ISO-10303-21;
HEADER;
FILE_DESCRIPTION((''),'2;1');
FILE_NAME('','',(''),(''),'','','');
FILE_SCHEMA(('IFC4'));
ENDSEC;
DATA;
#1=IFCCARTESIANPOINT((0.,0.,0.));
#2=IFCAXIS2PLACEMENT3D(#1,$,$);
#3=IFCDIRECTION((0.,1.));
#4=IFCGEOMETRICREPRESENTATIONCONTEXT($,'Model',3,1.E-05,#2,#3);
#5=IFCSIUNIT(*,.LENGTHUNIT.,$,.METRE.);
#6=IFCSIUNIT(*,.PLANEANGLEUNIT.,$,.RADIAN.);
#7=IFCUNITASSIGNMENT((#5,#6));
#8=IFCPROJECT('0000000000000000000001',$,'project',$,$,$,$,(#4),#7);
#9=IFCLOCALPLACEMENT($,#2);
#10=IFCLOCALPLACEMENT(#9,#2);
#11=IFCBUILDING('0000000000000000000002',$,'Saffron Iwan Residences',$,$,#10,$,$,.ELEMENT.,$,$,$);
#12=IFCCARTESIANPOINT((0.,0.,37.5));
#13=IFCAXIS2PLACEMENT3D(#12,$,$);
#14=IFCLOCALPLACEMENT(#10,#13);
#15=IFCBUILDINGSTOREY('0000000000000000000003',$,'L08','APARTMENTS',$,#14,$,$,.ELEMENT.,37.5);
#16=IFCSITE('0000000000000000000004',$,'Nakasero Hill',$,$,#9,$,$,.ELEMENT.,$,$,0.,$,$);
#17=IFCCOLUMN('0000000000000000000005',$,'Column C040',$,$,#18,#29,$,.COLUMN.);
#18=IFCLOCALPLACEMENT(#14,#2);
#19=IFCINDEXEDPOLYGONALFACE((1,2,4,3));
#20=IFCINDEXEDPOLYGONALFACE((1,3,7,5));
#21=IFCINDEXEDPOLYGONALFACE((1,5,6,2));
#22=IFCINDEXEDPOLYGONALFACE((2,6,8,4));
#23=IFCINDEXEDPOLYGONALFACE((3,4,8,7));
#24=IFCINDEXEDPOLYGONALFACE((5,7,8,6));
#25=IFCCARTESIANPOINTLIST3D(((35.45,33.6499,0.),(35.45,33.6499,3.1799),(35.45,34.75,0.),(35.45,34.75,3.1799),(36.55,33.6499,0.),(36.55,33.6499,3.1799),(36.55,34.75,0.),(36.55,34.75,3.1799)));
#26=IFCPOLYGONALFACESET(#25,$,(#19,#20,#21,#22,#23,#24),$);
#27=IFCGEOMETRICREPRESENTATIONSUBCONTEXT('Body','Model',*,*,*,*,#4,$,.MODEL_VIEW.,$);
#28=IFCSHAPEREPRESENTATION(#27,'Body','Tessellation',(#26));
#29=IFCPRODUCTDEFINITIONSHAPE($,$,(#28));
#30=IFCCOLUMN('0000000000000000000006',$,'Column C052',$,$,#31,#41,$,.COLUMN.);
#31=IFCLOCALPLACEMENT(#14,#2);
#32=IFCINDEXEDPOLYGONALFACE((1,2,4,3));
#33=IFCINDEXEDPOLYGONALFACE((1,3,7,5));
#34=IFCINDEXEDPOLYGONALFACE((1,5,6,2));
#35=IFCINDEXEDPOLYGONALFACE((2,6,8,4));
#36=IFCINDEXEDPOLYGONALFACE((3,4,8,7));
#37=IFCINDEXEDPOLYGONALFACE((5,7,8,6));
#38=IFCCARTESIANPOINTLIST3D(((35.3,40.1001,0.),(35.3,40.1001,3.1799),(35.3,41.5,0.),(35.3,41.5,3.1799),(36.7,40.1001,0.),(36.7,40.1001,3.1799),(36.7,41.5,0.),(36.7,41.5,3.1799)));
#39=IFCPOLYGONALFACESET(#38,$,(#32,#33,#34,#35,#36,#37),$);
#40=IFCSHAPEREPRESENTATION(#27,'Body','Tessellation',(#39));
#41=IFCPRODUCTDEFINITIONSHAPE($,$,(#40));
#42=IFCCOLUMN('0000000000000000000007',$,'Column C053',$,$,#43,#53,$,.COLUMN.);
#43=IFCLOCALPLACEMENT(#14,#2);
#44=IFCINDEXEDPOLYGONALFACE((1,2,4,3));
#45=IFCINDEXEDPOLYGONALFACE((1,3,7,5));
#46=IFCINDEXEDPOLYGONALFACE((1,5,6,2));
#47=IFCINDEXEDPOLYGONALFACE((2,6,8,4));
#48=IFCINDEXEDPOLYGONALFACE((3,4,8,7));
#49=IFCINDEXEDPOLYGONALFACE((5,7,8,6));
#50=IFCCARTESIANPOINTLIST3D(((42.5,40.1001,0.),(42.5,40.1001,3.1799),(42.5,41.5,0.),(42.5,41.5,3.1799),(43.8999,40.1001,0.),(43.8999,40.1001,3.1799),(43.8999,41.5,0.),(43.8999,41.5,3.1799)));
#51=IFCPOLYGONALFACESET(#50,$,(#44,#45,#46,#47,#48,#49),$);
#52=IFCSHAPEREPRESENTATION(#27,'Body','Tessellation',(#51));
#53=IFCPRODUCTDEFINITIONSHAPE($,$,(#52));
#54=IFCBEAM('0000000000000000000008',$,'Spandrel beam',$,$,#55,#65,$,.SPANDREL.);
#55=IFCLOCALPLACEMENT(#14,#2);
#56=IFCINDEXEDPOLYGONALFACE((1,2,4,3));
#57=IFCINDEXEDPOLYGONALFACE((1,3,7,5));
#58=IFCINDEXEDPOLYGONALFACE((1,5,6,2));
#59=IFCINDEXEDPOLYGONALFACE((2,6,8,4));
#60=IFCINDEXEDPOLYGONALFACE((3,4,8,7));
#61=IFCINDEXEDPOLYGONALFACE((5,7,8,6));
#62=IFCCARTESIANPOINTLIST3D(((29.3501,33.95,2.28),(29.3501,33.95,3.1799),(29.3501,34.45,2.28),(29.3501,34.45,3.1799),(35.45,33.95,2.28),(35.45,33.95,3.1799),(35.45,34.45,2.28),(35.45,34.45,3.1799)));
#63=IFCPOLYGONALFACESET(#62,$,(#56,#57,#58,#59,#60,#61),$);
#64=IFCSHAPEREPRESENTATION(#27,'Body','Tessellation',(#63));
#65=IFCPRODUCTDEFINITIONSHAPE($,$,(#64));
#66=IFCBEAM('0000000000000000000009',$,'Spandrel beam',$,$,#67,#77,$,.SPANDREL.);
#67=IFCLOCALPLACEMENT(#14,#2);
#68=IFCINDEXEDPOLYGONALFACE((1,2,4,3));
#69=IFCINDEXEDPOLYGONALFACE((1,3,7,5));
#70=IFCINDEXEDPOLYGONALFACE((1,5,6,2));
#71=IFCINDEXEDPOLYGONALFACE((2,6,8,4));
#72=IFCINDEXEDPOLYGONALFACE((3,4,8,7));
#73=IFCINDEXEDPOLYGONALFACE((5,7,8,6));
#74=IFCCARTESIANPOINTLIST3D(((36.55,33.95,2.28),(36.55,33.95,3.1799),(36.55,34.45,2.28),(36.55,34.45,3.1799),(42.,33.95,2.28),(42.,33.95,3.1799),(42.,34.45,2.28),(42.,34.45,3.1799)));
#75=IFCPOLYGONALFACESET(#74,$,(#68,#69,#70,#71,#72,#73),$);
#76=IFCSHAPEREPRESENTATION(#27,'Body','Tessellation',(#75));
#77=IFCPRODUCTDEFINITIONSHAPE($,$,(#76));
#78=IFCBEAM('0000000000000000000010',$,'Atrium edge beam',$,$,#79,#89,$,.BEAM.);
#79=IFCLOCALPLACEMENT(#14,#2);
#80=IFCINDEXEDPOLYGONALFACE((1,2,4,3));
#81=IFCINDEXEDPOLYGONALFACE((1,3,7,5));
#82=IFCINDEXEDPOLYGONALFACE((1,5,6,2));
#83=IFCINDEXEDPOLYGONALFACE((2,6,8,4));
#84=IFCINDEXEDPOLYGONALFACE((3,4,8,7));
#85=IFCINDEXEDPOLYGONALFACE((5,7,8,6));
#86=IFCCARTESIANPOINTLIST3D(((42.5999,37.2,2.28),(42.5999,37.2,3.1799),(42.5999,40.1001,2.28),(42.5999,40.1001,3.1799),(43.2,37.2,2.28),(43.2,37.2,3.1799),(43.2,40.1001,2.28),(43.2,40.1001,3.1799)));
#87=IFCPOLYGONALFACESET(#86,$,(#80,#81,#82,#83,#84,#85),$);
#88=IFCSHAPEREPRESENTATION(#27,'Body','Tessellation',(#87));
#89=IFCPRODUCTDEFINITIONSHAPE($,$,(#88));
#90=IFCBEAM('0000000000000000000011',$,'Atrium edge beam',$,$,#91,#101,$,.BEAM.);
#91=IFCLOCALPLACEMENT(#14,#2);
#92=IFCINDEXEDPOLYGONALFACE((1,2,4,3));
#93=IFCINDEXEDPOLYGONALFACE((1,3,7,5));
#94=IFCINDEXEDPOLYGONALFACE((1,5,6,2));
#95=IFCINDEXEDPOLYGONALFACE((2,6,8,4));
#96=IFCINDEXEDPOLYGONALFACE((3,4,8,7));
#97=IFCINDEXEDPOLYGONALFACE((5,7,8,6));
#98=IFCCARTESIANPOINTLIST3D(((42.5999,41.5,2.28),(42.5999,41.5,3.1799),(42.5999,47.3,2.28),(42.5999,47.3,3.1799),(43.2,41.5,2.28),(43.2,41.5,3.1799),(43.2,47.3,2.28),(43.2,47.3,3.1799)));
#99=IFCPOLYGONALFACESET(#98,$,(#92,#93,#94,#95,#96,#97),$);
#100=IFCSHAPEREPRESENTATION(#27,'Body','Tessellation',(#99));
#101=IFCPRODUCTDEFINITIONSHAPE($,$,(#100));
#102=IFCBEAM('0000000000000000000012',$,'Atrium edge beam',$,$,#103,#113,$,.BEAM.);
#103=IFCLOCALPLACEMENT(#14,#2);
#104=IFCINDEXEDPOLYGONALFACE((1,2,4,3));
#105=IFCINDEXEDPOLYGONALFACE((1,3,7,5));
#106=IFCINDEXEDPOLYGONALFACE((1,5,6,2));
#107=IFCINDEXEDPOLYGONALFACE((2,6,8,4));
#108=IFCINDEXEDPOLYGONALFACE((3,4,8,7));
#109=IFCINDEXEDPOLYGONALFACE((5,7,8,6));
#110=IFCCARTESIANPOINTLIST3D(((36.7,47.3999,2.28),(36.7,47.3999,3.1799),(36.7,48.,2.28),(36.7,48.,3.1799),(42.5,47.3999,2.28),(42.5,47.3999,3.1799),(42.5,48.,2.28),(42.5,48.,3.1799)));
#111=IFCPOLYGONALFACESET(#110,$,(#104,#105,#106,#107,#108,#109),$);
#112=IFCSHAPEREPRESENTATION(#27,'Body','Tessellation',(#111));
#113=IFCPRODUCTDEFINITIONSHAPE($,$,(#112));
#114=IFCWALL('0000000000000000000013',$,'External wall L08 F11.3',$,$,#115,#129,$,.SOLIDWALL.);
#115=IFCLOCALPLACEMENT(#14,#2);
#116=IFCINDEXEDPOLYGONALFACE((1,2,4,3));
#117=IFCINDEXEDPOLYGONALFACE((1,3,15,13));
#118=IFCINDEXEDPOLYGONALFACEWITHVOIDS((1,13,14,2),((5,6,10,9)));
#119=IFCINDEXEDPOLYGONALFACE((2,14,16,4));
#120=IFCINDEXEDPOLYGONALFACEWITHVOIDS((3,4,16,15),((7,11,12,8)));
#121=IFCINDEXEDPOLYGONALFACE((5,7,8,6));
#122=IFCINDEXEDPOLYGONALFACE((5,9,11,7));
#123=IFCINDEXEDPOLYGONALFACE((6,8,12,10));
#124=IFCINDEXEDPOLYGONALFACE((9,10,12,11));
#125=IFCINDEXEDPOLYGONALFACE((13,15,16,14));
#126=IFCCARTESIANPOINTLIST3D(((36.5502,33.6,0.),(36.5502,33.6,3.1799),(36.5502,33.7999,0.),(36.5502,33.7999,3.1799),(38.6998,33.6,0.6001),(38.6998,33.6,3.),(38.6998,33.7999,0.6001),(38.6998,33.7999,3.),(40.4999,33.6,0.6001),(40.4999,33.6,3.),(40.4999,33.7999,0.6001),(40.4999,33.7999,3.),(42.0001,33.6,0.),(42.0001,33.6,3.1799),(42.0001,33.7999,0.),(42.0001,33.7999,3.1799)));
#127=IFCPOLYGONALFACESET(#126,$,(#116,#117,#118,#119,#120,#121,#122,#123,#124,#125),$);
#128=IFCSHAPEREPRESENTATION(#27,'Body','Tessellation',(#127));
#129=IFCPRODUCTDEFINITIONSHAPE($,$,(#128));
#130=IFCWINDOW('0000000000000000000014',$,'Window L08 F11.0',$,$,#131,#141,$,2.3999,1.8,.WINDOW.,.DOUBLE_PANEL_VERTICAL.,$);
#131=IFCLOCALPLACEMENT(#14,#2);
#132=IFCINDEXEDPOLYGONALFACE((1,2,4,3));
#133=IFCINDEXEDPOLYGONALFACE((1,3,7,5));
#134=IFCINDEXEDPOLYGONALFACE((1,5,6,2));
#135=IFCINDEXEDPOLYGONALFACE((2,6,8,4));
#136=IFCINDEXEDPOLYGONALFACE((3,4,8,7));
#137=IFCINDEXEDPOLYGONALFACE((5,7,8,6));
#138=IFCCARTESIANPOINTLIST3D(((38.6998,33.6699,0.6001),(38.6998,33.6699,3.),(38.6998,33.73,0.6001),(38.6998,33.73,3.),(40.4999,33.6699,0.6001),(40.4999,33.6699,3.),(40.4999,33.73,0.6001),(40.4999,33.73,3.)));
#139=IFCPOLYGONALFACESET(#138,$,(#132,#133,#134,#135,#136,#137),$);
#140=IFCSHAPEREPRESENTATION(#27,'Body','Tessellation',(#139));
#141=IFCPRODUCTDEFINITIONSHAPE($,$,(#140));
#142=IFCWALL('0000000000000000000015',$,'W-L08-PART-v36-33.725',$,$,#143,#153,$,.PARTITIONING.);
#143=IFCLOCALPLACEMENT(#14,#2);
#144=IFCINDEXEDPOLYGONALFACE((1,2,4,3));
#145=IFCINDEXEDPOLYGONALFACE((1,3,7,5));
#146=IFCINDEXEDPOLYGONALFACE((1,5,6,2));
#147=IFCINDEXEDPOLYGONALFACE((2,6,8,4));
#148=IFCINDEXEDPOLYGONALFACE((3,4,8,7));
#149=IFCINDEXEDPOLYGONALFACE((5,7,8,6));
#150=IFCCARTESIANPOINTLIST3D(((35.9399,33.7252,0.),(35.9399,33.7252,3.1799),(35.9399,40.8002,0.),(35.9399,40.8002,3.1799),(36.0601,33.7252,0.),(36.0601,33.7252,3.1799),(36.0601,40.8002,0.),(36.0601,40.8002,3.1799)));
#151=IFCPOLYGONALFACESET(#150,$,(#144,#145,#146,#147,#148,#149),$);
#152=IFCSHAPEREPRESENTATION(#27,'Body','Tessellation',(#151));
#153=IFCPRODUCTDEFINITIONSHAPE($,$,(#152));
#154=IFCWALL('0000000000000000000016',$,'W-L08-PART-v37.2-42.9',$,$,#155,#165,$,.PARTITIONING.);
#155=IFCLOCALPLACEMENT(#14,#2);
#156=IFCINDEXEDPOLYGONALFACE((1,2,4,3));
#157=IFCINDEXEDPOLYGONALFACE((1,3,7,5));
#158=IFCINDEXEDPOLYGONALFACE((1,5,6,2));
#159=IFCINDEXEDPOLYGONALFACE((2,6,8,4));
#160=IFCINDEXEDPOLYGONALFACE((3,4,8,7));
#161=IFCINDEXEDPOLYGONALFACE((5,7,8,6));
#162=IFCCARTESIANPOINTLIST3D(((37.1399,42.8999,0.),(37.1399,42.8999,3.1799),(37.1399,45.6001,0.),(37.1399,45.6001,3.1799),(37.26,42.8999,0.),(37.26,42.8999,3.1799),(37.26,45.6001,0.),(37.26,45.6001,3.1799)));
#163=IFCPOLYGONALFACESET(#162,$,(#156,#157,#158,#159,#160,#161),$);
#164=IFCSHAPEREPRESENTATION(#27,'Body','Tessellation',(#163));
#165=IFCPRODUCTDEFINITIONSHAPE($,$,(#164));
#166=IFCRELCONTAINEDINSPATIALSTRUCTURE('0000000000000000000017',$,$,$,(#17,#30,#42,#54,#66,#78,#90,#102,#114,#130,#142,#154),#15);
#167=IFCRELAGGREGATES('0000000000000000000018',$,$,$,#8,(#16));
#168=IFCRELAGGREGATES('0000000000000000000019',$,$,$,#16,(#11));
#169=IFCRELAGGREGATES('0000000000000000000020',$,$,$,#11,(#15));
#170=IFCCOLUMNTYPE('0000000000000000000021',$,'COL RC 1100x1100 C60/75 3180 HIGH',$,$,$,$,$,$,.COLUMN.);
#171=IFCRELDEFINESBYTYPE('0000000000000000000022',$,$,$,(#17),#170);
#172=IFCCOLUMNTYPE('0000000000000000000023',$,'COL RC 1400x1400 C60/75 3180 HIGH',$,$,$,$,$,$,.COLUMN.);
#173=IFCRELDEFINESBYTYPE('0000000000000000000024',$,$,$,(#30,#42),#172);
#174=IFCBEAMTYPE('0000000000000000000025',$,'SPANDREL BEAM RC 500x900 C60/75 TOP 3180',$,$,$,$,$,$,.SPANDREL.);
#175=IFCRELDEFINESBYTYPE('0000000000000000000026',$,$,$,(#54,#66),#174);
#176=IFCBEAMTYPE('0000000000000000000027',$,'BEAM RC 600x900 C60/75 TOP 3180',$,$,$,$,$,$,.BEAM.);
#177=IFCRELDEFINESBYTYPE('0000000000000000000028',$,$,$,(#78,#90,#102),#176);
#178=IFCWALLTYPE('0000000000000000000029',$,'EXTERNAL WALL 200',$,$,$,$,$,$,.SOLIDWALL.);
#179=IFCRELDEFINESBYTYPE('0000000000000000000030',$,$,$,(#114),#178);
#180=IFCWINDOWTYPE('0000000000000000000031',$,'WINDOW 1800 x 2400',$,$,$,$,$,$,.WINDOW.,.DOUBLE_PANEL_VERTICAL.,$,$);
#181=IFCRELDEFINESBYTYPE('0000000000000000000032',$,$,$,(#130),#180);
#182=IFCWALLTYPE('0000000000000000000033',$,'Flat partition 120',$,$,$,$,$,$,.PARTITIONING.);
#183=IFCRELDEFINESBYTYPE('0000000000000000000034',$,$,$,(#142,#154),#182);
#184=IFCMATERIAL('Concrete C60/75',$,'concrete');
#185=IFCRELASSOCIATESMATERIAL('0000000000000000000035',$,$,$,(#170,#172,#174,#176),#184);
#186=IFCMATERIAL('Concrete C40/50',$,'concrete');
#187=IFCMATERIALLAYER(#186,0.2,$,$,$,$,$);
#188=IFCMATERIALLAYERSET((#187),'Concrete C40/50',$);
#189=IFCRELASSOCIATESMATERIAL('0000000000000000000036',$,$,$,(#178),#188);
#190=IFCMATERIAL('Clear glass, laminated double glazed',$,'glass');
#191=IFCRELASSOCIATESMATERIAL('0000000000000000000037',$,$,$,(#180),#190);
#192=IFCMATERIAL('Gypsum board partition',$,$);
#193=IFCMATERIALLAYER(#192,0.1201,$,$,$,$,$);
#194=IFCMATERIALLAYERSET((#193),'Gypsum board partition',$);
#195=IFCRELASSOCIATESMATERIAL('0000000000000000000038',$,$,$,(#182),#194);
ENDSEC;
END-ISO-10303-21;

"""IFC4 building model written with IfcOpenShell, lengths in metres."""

from ifc_helpers import new_model, si_unit, direction, frame, frame_2d, origin, origin_2d, place, context, subcontext, project, spatial, rectangle, extrude, source, transform, mapped, material, layer, layer_set, material_profile, profile_set, type_object, element, fill, save


model = new_model("IFC4")

# Units and contexts
model_context = context("Model", 3, precision=1e-05, world=origin(), true_north=direction((0.0, 1.0)))
body_context = subcontext(model_context, "Body", "Model", "MODEL_VIEW")
ifc_project = project(units=[si_unit("LENGTHUNIT", "METRE"), si_unit("PLANEANGLEUNIT", "RADIAN")], contexts=[model_context])

# Site, building, storey
site_placement = place(None, origin())
site = spatial("IfcSite", under=ifc_project, at=site_placement, Name="Nakasero Hill", CompositionType="ELEMENT", RefElevation=0.0)
building_placement = place(site_placement, origin())
building = spatial("IfcBuilding", under=site, at=building_placement, Name="Saffron Iwan Residences", CompositionType="ELEMENT")
storey_placement = place(building_placement, frame((0.0, 0.0, 37.5)))
storey = spatial("IfcBuildingStorey", under=building, at=storey_placement, Name="L08", Description="APARTMENTS", CompositionType="ELEMENT", Elevation=37.5)

# Columns
ifc_material_1 = material(Name="Concrete C60/75", Category="concrete")
ifc_material_profile_1 = material_profile(ifc_material_1, rectangle(XDim=1.1001, YDim=1.1001, at=origin_2d()), Name="RC 1100x1100")
ifc_profile_set_1 = profile_set([ifc_material_profile_1], Name="Concrete C60/75")
column_type_1 = type_object("IfcColumnType", Name="COL RC 1100x1100 C60/75 3180 HIGH", PredefinedType="COLUMN", material=ifc_profile_set_1)
shared_shape_1 = source(origin(), body_context, "Body", "SweptSolid", [
    extrude(rectangle(XDim=1.1001, YDim=1.1001, at=origin_2d()), origin(), (0.0, 0.0, 1.0), 3.1799),
])
column_placement = place(storey_placement, frame((36.0, 34.2, 0.0), z_axis=(0.0, 0.0, 1.0), x_axis=(1.0, 0.0, 0.0)))
element("IfcColumn", 1, at=column_placement, inside=storey, type_object=column_type_1, Name="Column C040", PredefinedType="COLUMN", context=body_context, shape_type="MappedRepresentation", body=[
    mapped(shared_shape_1, transform((0.0, 0.0, 0.0))),
])
ifc_material_profile_2 = material_profile(ifc_material_1, rectangle(XDim=1.3999, YDim=1.3999, at=origin_2d()), Name="RC 1400x1400")
ifc_profile_set_2 = profile_set([ifc_material_profile_2], Name="Concrete C60/75")
column_type_2 = type_object("IfcColumnType", Name="COL RC 1400x1400 C60/75 3180 HIGH", PredefinedType="COLUMN", material=ifc_profile_set_2)
shared_shape_2 = source(origin(), body_context, "Body", "SweptSolid", [
    extrude(rectangle(XDim=1.3999, YDim=1.3999, at=origin_2d()), origin(), (0.0, 0.0, 1.0), 3.1799),
])
for number, where, z_axis, x_axis, name in (
    (2, (36.0, 40.8, 0.0), (0.0, 0.0, 1.0), (1.0, 0.0, 0.0), "Column C052"),
    (3, (43.2, 40.8, 0.0), (0.0, 0.0, 1.0), (1.0, 0.0, 0.0), "Column C053"),
):
    element("IfcColumn", number, at=place(storey_placement, frame(where, z_axis=z_axis, x_axis=x_axis)), inside=storey, type_object=column_type_2, Name=name, PredefinedType="COLUMN", context=body_context, shape_type="MappedRepresentation", body=[
        mapped(shared_shape_2, transform((0.0, 0.0, 0.0))),
    ])

# Beams
ifc_material_profile_3 = material_profile(ifc_material_1, rectangle(XDim=0.5, YDim=0.8999, at=origin_2d()), Name="RC 500x900")
ifc_profile_set_3 = profile_set([ifc_material_profile_3], Name="Concrete C60/75")
beam_type_1 = type_object("IfcBeamType", Name="SPANDREL BEAM RC 500x900 C60/75 TOP 3180", PredefinedType="SPANDREL", material=ifc_profile_set_3)
shared_shape_3 = source(origin(), body_context, "Body", "SweptSolid", [
    extrude(rectangle(XDim=0.5, YDim=0.8999, at=origin_2d()), origin(), (0.0, 0.0, 1.0), 6.0999),
])
beam_1_placement = place(storey_placement, frame((35.45, 34.2, 2.73), z_axis=(-1.0, 0.0, 0.0), x_axis=(0.0, -1.0, 0.0)))
element("IfcBeam", 4, at=beam_1_placement, inside=storey, type_object=beam_type_1, Name="Spandrel beam", PredefinedType="SPANDREL", context=body_context, shape_type="MappedRepresentation", body=[
    mapped(shared_shape_3, transform((0.0, 0.0, 0.0))),
])
shared_shape_4 = source(origin(), body_context, "Body", "SweptSolid", [
    extrude(rectangle(XDim=0.5, YDim=0.8999, at=origin_2d()), origin(), (0.0, 0.0, 1.0), 5.45),
])
beam_2_placement = place(storey_placement, frame((42.0, 34.2, 2.73), z_axis=(-1.0, 0.0, 0.0), x_axis=(0.0, -1.0, 0.0)))
element("IfcBeam", 5, at=beam_2_placement, inside=storey, type_object=beam_type_1, Name="Spandrel beam", PredefinedType="SPANDREL", context=body_context, shape_type="MappedRepresentation", body=[
    mapped(shared_shape_4, transform((0.0, 0.0, 0.0))),
])
ifc_material_profile_4 = material_profile(ifc_material_1, rectangle(XDim=0.6001, YDim=0.8999, at=origin_2d()), Name="RC 600x900")
ifc_profile_set_4 = profile_set([ifc_material_profile_4], Name="Concrete C60/75")
beam_type_2 = type_object("IfcBeamType", Name="BEAM RC 600x900 C60/75 TOP 3180", PredefinedType="BEAM", material=ifc_profile_set_4)
shared_shape_5 = source(origin(), body_context, "Body", "SweptSolid", [
    extrude(rectangle(XDim=0.6001, YDim=0.8999, at=origin_2d()), origin(), (0.0, 0.0, 1.0), 2.9001),
])
beam_3_placement = place(storey_placement, frame((42.8999, 37.2, 2.73), z_axis=(0.0, 1.0, 0.0), x_axis=(-1.0, 0.0, 0.0)))
element("IfcBeam", 6, at=beam_3_placement, inside=storey, type_object=beam_type_2, Name="Atrium edge beam", PredefinedType="BEAM", context=body_context, shape_type="MappedRepresentation", body=[
    mapped(shared_shape_5, transform((0.0, 0.0, 0.0))),
])
shared_shape_6 = source(origin(), body_context, "Body", "SweptSolid", [
    extrude(rectangle(XDim=0.6001, YDim=0.8999, at=origin_2d()), origin(), (0.0, 0.0, 1.0), 5.8),
])
for number, where, z_axis, x_axis, name in (
    (7, (42.8999, 41.5, 2.73), (0.0, 1.0, 0.0), (-1.0, 0.0, 0.0), "Atrium edge beam"),
    (8, (42.5, 47.7, 2.73), (-1.0, 0.0, 0.0), (0.0, -1.0, 0.0), "Atrium edge beam"),
):
    element("IfcBeam", number, at=place(storey_placement, frame(where, z_axis=z_axis, x_axis=x_axis)), inside=storey, type_object=beam_type_2, Name=name, PredefinedType="BEAM", context=body_context, shape_type="MappedRepresentation", body=[
        mapped(shared_shape_6, transform((0.0, 0.0, 0.0))),
    ])

# Wall, opening, window
ifc_material_2 = material(Name="Concrete C40/50", Category="concrete")
ifc_layer_1 = layer(ifc_material_2, 0.2)
ifc_layer_set_1 = layer_set([ifc_layer_1], Name="Concrete C40/50")
wall_type_1 = type_object("IfcWallType", Name="EXTERNAL WALL 200", PredefinedType="SOLIDWALL", material=ifc_layer_set_1)
wall_1_placement = place(storey_placement, frame((36.55, 33.7, 0.0), z_axis=(0.0, 0.0, 1.0), x_axis=(1.0, 0.0, 0.0)))
wall_1 = element("IfcWall", 9, at=wall_1_placement, inside=storey, type_object=wall_type_1, Name="External wall L08 F11.3", PredefinedType="SOLIDWALL", context=body_context, shape_type="SweptSolid", body=[
    extrude(rectangle(XDim=5.45, YDim=0.2, at=frame_2d((2.7251, 0.0))), origin(), (0.0, 0.0, 1.0), 3.1799),
])
opening_placement = place(wall_1_placement, frame((2.1499, 0.0, 0.6001)))
opening = element("IfcOpeningElement", 10, at=opening_placement, cuts=wall_1, PredefinedType="OPENING", context=body_context, shape_type="SweptSolid", body=[
    extrude(rectangle(XDim=1.8, YDim=2.3999, at=frame_2d((0.8999, 1.2))), frame((0.0, 0.1099, 0.0), z_axis=(0.0, -1.0, 0.0), x_axis=(1.0, 0.0, 0.0)), (0.0, 0.0, 1.0), 0.22),
])
ifc_material_3 = material(Name="Clear glass, laminated double glazed", Category="glass")
window_type = type_object("IfcWindowType", Name="WINDOW 1800 x 2400", PartitioningType="DOUBLE_PANEL_VERTICAL", PredefinedType="WINDOW", material=ifc_material_3)
window_placement = place(opening_placement, origin())
window = element("IfcWindow", 11, at=window_placement, inside=storey, type_object=window_type, Name="Window L08 F11.0", OverallHeight=2.3999, OverallWidth=1.8, PartitioningType="DOUBLE_PANEL_VERTICAL", PredefinedType="WINDOW", context=body_context, shape_type="SweptSolid", body=[
    extrude(rectangle(XDim=1.8, YDim=2.3999, at=frame_2d((0.8999, 1.2))), frame((0.0, 0.03, 0.0), z_axis=(0.0, -1.0, 0.0), x_axis=(1.0, 0.0, 0.0)), (0.0, 0.0, 1.0), 0.0601),
])
fill(opening, window)

# Walls
ifc_material_4 = material(Name="Gypsum board partition")
ifc_layer_2 = layer(ifc_material_4, 0.1201)
ifc_layer_set_2 = layer_set([ifc_layer_2], Name="Gypsum board partition")
wall_type_2 = type_object("IfcWallType", Name="Flat partition 120", PredefinedType="PARTITIONING", material=ifc_layer_set_2)
wall_2_placement = place(storey_placement, frame((36.0, 33.7251, 0.0), z_axis=(0.0, 0.0, 1.0), x_axis=(0.0, 1.0, 0.0)))
element("IfcWall", 12, at=wall_2_placement, inside=storey, type_object=wall_type_2, Name="W-L08-PART-v36-33.725", PredefinedType="PARTITIONING", context=body_context, shape_type="SweptSolid", body=[
    extrude(rectangle(XDim=7.075, YDim=0.1201, at=frame_2d((3.5376, 0.0))), origin(), (0.0, 0.0, 1.0), 3.1799),
])
wall_3_placement = place(storey_placement, frame((37.2, 42.8999, 0.0), z_axis=(0.0, 0.0, 1.0), x_axis=(0.0, 1.0, 0.0)))
element("IfcWall", 13, at=wall_3_placement, inside=storey, type_object=wall_type_2, Name="W-L08-PART-v37.2-42.9", PredefinedType="PARTITIONING", context=body_context, shape_type="SweptSolid", body=[
    extrude(rectangle(XDim=2.7002, YDim=0.1201, at=frame_2d((1.3501, 0.0))), origin(), (0.0, 0.0, 1.0), 3.1799),
])

save(model, "model.ifc")
